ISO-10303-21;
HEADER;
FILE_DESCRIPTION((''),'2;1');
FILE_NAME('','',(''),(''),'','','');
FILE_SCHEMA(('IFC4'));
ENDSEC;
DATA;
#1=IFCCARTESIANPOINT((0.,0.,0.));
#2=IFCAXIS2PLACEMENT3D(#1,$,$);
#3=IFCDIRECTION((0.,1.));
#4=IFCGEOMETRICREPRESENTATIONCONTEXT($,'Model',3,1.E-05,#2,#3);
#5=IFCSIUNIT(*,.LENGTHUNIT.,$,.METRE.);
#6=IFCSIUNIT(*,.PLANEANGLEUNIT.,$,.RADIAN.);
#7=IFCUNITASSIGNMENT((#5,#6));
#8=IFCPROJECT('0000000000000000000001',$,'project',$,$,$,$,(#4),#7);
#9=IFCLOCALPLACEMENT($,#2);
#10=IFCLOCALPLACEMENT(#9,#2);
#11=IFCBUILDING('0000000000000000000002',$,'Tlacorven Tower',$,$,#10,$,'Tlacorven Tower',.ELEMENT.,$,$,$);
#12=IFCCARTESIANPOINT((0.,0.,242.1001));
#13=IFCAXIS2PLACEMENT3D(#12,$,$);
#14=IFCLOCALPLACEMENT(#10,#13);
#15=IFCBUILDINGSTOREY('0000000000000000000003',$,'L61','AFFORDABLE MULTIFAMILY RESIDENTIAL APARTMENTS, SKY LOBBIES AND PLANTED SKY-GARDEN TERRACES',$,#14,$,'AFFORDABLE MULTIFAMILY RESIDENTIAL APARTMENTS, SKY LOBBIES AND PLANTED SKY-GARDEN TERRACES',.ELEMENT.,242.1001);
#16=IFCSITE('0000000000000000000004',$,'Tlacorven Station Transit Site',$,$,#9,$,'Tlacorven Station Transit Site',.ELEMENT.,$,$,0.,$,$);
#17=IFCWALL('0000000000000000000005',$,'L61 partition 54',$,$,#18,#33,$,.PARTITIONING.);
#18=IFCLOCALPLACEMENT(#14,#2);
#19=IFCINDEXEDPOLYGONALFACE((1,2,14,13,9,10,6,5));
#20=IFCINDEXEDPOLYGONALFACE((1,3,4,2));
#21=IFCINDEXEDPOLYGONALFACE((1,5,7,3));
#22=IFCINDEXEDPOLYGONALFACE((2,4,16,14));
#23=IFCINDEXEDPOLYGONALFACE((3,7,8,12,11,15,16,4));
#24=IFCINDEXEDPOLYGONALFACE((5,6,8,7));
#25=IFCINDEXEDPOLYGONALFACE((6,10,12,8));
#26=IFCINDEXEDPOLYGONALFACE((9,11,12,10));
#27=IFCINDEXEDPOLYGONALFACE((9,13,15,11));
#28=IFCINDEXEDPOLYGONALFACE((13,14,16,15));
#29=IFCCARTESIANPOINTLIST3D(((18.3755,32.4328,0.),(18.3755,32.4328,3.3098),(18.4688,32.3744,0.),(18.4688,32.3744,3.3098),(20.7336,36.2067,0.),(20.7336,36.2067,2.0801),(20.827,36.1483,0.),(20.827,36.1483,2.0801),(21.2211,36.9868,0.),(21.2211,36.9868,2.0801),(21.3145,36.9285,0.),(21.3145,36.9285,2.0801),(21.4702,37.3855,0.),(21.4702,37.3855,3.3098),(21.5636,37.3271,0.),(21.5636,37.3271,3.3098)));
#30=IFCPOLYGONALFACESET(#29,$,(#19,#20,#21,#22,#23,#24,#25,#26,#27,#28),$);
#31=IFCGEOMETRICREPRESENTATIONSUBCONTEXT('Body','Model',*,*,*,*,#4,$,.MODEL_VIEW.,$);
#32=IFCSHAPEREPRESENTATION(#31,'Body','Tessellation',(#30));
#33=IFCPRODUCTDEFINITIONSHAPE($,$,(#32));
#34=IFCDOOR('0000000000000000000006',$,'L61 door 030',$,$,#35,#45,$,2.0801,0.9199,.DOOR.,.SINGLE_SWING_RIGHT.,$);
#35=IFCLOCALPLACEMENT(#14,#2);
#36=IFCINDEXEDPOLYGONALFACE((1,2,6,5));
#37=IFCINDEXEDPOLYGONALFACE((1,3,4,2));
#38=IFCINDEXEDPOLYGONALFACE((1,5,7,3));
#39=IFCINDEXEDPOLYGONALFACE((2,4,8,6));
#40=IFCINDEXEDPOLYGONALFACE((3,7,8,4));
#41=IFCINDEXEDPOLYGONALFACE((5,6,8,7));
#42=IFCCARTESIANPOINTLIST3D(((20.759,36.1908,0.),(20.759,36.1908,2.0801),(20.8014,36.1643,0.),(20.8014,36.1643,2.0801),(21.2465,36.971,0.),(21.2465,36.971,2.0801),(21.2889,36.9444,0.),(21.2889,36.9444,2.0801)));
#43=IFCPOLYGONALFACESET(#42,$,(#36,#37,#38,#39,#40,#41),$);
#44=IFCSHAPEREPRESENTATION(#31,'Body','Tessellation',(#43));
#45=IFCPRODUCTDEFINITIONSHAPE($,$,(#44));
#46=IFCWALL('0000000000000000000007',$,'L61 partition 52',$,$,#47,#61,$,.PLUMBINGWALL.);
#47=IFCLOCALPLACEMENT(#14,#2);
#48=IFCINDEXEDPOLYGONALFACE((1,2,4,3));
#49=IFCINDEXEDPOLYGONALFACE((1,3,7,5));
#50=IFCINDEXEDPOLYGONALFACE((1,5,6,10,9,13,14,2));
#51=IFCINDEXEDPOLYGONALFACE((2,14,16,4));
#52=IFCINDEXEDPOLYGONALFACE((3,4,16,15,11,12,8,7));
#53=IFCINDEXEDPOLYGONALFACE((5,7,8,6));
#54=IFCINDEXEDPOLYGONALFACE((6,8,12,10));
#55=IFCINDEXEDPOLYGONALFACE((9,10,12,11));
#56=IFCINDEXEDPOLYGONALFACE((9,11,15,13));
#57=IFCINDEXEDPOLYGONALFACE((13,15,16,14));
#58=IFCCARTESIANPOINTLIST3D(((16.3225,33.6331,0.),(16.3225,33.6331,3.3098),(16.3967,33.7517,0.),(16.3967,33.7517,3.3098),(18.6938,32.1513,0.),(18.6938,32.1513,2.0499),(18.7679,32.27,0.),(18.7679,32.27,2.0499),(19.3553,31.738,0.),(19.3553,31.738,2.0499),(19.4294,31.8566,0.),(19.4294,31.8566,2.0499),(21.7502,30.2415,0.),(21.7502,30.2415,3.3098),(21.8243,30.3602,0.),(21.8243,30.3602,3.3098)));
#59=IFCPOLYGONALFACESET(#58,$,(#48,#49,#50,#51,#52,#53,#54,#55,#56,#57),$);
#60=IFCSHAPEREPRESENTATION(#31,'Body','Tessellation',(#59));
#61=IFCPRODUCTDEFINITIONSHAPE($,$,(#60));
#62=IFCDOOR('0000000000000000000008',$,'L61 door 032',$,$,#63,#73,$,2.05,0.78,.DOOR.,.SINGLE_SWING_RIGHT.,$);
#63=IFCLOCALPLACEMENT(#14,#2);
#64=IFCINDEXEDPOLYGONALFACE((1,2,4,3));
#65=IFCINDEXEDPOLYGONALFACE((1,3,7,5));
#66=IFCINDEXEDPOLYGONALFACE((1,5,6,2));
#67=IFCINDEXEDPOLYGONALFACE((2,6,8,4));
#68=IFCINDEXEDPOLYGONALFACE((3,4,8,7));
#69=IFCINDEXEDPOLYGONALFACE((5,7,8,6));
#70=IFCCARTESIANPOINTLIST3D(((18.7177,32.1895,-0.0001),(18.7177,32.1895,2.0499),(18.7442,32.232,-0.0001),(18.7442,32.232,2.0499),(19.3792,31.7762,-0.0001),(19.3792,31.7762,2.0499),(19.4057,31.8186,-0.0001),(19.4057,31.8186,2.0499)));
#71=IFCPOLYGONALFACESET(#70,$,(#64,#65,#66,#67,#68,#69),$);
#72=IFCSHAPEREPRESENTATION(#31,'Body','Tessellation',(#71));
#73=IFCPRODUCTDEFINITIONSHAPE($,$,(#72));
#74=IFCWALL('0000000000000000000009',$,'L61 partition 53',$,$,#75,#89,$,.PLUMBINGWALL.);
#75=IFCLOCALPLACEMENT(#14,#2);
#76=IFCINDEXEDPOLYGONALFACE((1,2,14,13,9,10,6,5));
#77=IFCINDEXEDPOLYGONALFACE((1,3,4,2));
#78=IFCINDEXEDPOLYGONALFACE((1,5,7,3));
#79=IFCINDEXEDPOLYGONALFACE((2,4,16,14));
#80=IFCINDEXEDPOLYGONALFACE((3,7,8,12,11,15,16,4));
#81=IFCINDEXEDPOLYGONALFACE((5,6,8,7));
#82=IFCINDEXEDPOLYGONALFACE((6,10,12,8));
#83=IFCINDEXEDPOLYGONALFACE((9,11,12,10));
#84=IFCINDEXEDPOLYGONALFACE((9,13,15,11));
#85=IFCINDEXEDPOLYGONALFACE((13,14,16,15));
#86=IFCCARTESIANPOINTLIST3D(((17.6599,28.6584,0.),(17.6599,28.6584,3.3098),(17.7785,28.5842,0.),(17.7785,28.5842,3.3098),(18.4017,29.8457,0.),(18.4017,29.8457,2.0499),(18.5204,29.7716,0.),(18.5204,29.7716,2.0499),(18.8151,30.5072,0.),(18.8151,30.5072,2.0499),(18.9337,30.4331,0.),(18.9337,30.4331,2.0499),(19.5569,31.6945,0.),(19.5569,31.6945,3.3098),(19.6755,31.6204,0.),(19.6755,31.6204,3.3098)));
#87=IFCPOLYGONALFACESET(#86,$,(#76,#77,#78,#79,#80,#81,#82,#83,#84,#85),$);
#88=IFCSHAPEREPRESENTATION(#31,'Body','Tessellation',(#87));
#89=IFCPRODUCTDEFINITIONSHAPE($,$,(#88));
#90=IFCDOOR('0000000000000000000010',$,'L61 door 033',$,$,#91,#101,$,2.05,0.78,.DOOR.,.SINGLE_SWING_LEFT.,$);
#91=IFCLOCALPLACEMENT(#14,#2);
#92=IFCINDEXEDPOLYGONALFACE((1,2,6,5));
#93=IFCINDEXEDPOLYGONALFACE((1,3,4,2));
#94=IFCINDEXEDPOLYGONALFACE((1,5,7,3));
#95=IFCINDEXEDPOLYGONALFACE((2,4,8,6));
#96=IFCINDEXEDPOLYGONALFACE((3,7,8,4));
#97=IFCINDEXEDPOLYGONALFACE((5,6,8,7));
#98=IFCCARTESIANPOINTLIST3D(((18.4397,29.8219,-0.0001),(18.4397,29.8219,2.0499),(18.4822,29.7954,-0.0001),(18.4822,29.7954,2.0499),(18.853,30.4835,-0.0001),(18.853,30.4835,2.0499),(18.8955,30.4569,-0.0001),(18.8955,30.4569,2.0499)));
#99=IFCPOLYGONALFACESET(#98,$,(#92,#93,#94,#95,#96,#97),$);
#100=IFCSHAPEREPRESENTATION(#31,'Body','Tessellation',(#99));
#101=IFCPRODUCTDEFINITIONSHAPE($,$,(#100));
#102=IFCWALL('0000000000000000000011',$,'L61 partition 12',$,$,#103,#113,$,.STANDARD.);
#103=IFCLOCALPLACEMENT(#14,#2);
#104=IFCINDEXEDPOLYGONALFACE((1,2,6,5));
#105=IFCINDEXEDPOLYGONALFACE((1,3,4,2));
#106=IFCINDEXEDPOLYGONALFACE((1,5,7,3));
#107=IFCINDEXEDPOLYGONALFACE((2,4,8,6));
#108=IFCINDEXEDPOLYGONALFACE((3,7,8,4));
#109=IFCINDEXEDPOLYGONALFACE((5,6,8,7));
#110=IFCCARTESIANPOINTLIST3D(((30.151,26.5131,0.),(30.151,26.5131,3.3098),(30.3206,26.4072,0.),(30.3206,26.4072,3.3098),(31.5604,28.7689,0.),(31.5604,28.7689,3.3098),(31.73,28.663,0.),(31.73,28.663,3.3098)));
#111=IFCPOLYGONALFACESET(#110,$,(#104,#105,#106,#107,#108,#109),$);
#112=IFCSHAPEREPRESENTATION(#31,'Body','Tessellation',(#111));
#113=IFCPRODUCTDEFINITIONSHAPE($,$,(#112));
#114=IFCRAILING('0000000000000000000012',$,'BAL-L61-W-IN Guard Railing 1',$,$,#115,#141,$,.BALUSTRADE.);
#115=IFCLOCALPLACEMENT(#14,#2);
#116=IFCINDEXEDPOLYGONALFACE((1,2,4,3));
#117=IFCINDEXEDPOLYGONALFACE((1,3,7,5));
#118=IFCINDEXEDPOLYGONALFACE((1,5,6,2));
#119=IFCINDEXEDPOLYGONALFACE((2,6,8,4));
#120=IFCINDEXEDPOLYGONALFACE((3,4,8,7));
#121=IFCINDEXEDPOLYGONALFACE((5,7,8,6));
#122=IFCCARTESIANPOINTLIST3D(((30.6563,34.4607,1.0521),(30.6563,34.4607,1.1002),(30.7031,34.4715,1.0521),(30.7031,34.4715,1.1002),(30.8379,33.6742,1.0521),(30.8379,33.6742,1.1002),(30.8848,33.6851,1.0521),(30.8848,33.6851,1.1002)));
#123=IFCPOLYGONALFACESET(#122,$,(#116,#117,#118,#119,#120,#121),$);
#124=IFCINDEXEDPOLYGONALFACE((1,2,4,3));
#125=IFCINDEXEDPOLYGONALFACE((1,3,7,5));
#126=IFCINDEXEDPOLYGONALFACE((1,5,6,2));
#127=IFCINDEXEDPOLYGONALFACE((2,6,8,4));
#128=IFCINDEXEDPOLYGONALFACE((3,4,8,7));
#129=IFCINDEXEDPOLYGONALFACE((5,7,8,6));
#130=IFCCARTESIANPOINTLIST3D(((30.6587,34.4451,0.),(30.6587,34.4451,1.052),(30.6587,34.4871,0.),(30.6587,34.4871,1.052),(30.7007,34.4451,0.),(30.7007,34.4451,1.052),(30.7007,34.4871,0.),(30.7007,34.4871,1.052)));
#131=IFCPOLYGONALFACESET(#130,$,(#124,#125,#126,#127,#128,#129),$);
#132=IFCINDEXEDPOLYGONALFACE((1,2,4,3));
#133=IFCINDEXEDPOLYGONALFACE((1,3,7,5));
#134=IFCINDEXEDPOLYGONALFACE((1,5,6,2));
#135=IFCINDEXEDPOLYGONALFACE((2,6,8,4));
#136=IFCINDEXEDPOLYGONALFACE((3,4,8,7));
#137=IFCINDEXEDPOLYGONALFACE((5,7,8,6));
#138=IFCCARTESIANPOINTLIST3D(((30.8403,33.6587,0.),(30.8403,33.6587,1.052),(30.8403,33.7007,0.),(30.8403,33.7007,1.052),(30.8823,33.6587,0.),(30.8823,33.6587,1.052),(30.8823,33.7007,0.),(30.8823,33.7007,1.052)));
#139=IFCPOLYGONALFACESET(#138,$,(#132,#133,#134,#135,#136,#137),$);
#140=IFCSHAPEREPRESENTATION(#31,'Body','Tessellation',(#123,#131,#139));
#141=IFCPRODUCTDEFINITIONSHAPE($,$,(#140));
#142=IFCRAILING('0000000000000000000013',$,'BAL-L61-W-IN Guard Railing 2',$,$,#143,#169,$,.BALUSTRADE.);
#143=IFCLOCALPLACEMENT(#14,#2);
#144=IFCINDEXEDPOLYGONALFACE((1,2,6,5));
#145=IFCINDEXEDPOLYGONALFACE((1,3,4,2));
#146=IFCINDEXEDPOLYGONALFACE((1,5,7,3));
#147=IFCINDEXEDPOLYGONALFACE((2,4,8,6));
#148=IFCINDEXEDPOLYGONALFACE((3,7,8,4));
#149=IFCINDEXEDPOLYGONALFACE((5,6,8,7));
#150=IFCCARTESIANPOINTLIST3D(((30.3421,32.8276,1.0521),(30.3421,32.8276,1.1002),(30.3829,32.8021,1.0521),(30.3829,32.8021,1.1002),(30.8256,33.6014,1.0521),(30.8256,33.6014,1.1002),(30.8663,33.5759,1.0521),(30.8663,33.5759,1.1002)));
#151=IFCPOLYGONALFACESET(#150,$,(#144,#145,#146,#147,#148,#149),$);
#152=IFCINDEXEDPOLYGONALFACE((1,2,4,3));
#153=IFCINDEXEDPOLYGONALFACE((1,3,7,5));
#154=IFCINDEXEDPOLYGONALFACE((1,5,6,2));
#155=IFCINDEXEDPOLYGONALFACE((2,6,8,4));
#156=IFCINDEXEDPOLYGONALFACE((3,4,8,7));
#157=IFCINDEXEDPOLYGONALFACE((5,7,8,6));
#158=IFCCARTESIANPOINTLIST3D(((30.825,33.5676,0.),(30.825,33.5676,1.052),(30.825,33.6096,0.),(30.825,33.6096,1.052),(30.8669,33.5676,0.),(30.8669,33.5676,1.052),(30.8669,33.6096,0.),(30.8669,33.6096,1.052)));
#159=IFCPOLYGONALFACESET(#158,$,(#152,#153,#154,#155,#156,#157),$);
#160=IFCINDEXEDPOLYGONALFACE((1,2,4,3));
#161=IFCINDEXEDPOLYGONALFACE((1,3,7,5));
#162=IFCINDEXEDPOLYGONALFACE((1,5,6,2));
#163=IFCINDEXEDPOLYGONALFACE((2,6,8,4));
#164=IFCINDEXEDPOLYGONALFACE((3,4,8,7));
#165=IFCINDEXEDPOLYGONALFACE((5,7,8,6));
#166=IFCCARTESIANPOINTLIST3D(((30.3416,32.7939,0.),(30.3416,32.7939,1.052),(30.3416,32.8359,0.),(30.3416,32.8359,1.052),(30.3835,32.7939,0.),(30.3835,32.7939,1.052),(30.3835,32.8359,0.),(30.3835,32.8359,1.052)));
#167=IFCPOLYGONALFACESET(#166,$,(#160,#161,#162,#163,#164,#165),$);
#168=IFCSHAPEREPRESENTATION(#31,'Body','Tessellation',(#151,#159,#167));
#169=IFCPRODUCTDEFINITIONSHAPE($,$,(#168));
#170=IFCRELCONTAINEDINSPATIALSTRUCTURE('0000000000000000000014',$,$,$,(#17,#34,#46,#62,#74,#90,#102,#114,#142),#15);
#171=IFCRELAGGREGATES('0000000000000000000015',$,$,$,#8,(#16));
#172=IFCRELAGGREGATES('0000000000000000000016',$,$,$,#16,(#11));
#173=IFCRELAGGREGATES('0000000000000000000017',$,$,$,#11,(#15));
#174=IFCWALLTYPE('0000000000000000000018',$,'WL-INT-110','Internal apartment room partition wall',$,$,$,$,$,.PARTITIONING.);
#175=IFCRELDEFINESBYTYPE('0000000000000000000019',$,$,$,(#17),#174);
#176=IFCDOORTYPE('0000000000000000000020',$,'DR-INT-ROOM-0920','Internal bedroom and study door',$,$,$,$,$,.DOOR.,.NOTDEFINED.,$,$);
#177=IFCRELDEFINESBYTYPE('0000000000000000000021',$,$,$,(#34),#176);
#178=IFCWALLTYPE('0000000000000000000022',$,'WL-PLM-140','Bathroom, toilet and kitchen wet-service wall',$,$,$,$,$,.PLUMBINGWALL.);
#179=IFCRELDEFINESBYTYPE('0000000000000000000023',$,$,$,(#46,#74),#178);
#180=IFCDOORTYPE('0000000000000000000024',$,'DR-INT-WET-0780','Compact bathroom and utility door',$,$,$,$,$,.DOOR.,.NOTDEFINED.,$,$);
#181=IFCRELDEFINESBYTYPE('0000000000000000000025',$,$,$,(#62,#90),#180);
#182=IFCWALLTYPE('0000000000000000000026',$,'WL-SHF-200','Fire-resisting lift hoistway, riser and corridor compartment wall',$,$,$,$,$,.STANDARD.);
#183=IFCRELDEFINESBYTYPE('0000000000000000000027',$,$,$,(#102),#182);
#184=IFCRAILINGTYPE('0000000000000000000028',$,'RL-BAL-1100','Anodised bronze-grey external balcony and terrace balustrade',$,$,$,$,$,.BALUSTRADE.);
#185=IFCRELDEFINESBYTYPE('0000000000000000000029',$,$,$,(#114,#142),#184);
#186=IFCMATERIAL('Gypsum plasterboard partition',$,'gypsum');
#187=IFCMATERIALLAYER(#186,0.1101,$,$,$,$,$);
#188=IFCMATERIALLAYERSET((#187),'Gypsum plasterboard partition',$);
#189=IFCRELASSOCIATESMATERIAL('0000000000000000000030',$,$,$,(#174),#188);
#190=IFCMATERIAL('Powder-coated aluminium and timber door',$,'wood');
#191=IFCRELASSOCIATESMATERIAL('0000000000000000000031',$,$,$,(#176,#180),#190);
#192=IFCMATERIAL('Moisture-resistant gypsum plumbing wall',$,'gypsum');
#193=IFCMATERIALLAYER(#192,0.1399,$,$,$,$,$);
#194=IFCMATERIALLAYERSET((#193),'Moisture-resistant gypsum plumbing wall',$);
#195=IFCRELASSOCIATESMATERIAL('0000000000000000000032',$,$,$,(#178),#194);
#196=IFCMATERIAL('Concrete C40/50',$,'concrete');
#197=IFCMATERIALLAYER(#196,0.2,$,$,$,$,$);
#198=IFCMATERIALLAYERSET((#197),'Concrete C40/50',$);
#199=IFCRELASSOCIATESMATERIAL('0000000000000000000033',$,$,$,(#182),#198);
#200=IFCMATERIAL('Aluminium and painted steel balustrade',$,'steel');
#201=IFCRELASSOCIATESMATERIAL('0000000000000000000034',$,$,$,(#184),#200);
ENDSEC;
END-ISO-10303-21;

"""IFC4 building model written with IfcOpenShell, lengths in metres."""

from ifc_helpers import new_model, si_unit, direction, frame, frame_2d, origin, origin_2d, place, context, subcontext, project, spatial, rectangle, extrude, source, transform, mapped, material, layer, layer_set, type_object, element, fill, save


model = new_model("IFC4")

# Units and contexts
model_context = context("Model", 3, precision=1e-05, world=origin(), true_north=direction((0.0, 1.0)))
body_context = subcontext(model_context, "Body", "Model", "MODEL_VIEW")
ifc_project = project(units=[si_unit("LENGTHUNIT", "METRE"), si_unit("PLANEANGLEUNIT", "RADIAN")], contexts=[model_context])

# Site, building, storey
site_placement = place(None, origin())
site = spatial("IfcSite", under=ifc_project, at=site_placement, Name="Tlacorven Station Transit Site", LongName="Tlacorven Station Transit Site", CompositionType="ELEMENT", RefElevation=0.0)
building_placement = place(site_placement, origin())
building = spatial("IfcBuilding", under=site, at=building_placement, Name="Tlacorven Tower", LongName="Tlacorven Tower", CompositionType="ELEMENT")
storey_placement = place(building_placement, frame((0.0, 0.0, 242.1001)))
storey = spatial("IfcBuildingStorey", under=building, at=storey_placement, Name="L61", Description="AFFORDABLE MULTIFAMILY RESIDENTIAL APARTMENTS, SKY LOBBIES AND PLANTED SKY-GARDEN TERRACES", LongName="AFFORDABLE MULTIFAMILY RESIDENTIAL APARTMENTS, SKY LOBBIES AND PLANTED SKY-GARDEN TERRACES", CompositionType="ELEMENT", Elevation=242.1001)

# Walls, openings, doors
ifc_material_1 = material(Name="Gypsum plasterboard partition", Category="gypsum")
ifc_layer_1 = layer(ifc_material_1, 0.1101)
ifc_layer_set_1 = layer_set([ifc_layer_1], Name="Gypsum plasterboard partition")
wall_type_1 = type_object("IfcWallType", Name="WL-INT-110", Description="Internal apartment room partition wall", PredefinedType="PARTITIONING", material=ifc_layer_set_1)
ifc_material_2 = material(Name="Powder-coated aluminium and timber door", Category="wood")
door_type_1 = type_object("IfcDoorType", Name="DR-INT-ROOM-0920", Description="Internal bedroom and study door", OperationType="NOTDEFINED", PredefinedType="DOOR", material=ifc_material_2)
shared_shape_1 = source(origin(), body_context, "Body", "SweptSolid", [
    extrude(rectangle(XDim=0.9199, YDim=2.0801, at=frame_2d((0.46, 1.04))), frame((0.0, 0.0249, 0.0), z_axis=(0.0, -1.0, 0.0), x_axis=(1.0, 0.0, 0.0)), (0.0, 0.0, 1.0), 0.05),
])
wall_1_placement = place(storey_placement, frame((21.5168, 37.3562, 0.0), z_axis=(0.0, 0.0, 1.0), x_axis=(-0.529916, -0.84805, 0.0)))
wall_1 = element("IfcWall", 1, at=wall_1_placement, inside=storey, type_object=wall_type_1, Name="L61 partition 54", PredefinedType="PARTITIONING", context=body_context, shape_type="SweptSolid", body=[
    extrude(rectangle(XDim=5.8401, YDim=0.1101, at=frame_2d((2.9199, 0.0))), origin(), (0.0, 0.0, 1.0), 3.3098),
])
opening_1_placement = place(wall_1_placement, frame((0.47, 0.0, 0.0)))
opening_1 = element("IfcOpeningElement", 2, at=opening_1_placement, cuts=wall_1, PredefinedType="OPENING", context=body_context, shape_type="SweptSolid", body=[
    extrude(rectangle(XDim=0.9199, YDim=2.0801, at=frame_2d((0.46, 1.04))), frame((0.0, 0.0649, 0.0), z_axis=(0.0, -1.0, 0.0), x_axis=(1.0, 0.0, 0.0)), (0.0, 0.0, 1.0), 0.1301),
])
door_1_placement = place(opening_1_placement, origin())
door_1 = element("IfcDoor", 3, at=door_1_placement, inside=storey, type_object=door_type_1, Name="L61 door 030", OperationType="SINGLE_SWING_RIGHT", OverallHeight=2.0801, OverallWidth=0.9199, PredefinedType="DOOR", context=body_context, shape_type="MappedRepresentation", body=[
    mapped(shared_shape_1, transform((0.0, 0.0, 0.0), scale=1.0)),
])
fill(opening_1, door_1)
ifc_material_3 = material(Name="Moisture-resistant gypsum plumbing wall", Category="gypsum")
ifc_layer_2 = layer(ifc_material_3, 0.1399)
ifc_layer_set_2 = layer_set([ifc_layer_2], Name="Moisture-resistant gypsum plumbing wall")
wall_type_2 = type_object("IfcWallType", Name="WL-PLM-140", Description="Bathroom, toilet and kitchen wet-service wall", PredefinedType="PLUMBINGWALL", material=ifc_layer_set_2)
wall_2_placement = place(storey_placement, frame((21.7874, 30.3008, 0.0), z_axis=(0.0, 0.0, 1.0), x_axis=(-0.84805, 0.529917, 0.0)))
wall_2 = element("IfcWall", 4, at=wall_2_placement, inside=storey, type_object=wall_type_2, Name="L61 partition 52", PredefinedType="PLUMBINGWALL", context=body_context, shape_type="SweptSolid", body=[
    extrude(rectangle(XDim=6.4001, YDim=0.1399, at=frame_2d((3.2002, 0.0))), origin(), (0.0, 0.0, 1.0), 3.3098),
])
opening_2_placement = place(wall_2_placement, frame((2.824, 0.0, 0.0)))
opening_2 = element("IfcOpeningElement", 5, at=opening_2_placement, cuts=wall_2, PredefinedType="OPENING", context=body_context, shape_type="SweptSolid", body=[
    extrude(rectangle(XDim=0.78, YDim=2.05, at=frame_2d((0.3901, 1.0249))), frame((0.0, 0.0801, 0.0), z_axis=(0.0, -1.0, 0.0), x_axis=(1.0, 0.0, 0.0)), (0.0, 0.0, 1.0), 0.1599),
])
door_type_2 = type_object("IfcDoorType", Name="DR-INT-WET-0780", Description="Compact bathroom and utility door", OperationType="NOTDEFINED", PredefinedType="DOOR", material=ifc_material_2)
shared_shape_2 = source(origin(), body_context, "Body", "SweptSolid", [
    extrude(rectangle(XDim=0.78, YDim=2.05, at=frame_2d((0.3901, 1.0249))), frame((0.0, 0.0249, 0.0), z_axis=(0.0, -1.0, 0.0), x_axis=(1.0, 0.0, 0.0)), (0.0, 0.0, 1.0), 0.05),
])
door_2_placement = place(opening_2_placement, origin())
door_2 = element("IfcDoor", 6, at=door_2_placement, inside=storey, type_object=door_type_2, Name="L61 door 032", OperationType="SINGLE_SWING_RIGHT", OverallHeight=2.05, OverallWidth=0.78, PredefinedType="DOOR", context=body_context, shape_type="MappedRepresentation", body=[
    mapped(shared_shape_2, transform((0.0, 0.0, 0.0), scale=1.0)),
])
fill(opening_2, door_2)
wall_3_placement = place(storey_placement, frame((19.6162, 31.6575, 0.0), z_axis=(0.0, 0.0, 1.0), x_axis=(-0.529876, -0.848075, 0.0)))
wall_3 = element("IfcWall", 7, at=wall_3_placement, inside=storey, type_object=wall_type_2, Name="L61 partition 53", PredefinedType="PLUMBINGWALL", context=body_context, shape_type="SweptSolid", body=[
    extrude(rectangle(XDim=3.5801, YDim=0.1399, at=frame_2d((1.79, 0.0))), origin(), (0.0, 0.0, 1.0), 3.3098),
])
opening_3_placement = place(wall_3_placement, frame((1.3999, 0.0, 0.0)))
opening_3 = element("IfcOpeningElement", 8, at=opening_3_placement, cuts=wall_3, PredefinedType="OPENING", context=body_context, shape_type="SweptSolid", body=[
    extrude(rectangle(XDim=0.78, YDim=2.05, at=frame_2d((0.3901, 1.0249))), frame((0.0, 0.0801, 0.0), z_axis=(0.0, -1.0, 0.0), x_axis=(1.0, 0.0, 0.0)), (0.0, 0.0, 1.0), 0.1599),
])
door_3_placement = place(opening_3_placement, origin())
door_3 = element("IfcDoor", 9, at=door_3_placement, inside=storey, type_object=door_type_2, Name="L61 door 033", OperationType="SINGLE_SWING_LEFT", OverallHeight=2.05, OverallWidth=0.78, PredefinedType="DOOR", context=body_context, shape_type="MappedRepresentation", body=[
    mapped(shared_shape_2, transform((0.0, 0.0, 0.0), scale=1.0)),
])
fill(opening_3, door_3)

# Wall
ifc_material_4 = material(Name="Concrete C40/50", Category="concrete")
ifc_layer_3 = layer(ifc_material_4, 0.2)
ifc_layer_set_3 = layer_set([ifc_layer_3], Name="Concrete C40/50")
wall_type_3 = type_object("IfcWallType", Name="WL-SHF-200", Description="Fire-resisting lift hoistway, riser and corridor compartment wall", PredefinedType="STANDARD", material=ifc_layer_set_3)
wall_4_placement = place(storey_placement, frame((31.6453, 28.7161, 0.0), z_axis=(0.0, 0.0, 1.0), x_axis=(-0.529867, -0.848081, 0.0)))
element("IfcWall", 10, at=wall_4_placement, inside=storey, type_object=wall_type_3, Name="L61 partition 12", PredefinedType="STANDARD", context=body_context, shape_type="SweptSolid", body=[
    extrude(rectangle(XDim=2.6599, YDim=0.2, at=frame_2d((1.3301, 0.0))), origin(), (0.0, 0.0, 1.0), 3.3098),
])

# Railings
ifc_material_5 = material(Name="Aluminium and painted steel balustrade", Category="steel")
railing_type = type_object("IfcRailingType", Name="RL-BAL-1100", Description="Anodised bronze-grey external balcony and terrace balustrade", PredefinedType="BALUSTRADE", material=ifc_material_5)
shared_shape_3 = source(origin(), body_context, "Body", "SweptSolid", [
    extrude(rectangle(XDim=0.0481, YDim=0.0481, at=origin_2d()), frame((0.0, 0.0, 1.0762), z_axis=(0.225058, -0.974345, 0.0), x_axis=(0.974345, 0.225058, 0.0)), (0.0, 0.0, 1.0), 0.8071),
    extrude(rectangle(XDim=0.042, YDim=0.042, at=origin_2d()), origin(), (0.0, 0.0, 1.0), 1.052),
    extrude(rectangle(XDim=0.042, YDim=0.042, at=origin_2d()), frame((0.1816, -0.7864, 0.0)), (0.0, 0.0, 1.0), 1.052),
])
railing_1_placement = place(storey_placement, frame((30.6797, 34.4661, 0.0)))
element("IfcRailing", 11, at=railing_1_placement, inside=storey, type_object=railing_type, Name="BAL-L61-W-IN Guard Railing 1", PredefinedType="BALUSTRADE", context=body_context, shape_type="MappedRepresentation", body=[
    mapped(shared_shape_3, transform((0.0, 0.0, 0.0), scale=1.0)),
])
shared_shape_4 = source(origin(), body_context, "Body", "SweptSolid", [
    extrude(rectangle(XDim=0.0481, YDim=0.0481, at=origin_2d()), frame((0.0, 0.0, 1.0762), z_axis=(-0.529879, -0.848073, 0.0), x_axis=(0.848073, -0.529879, 0.0)), (0.0, 0.0, 1.0), 0.9124),
    extrude(rectangle(XDim=0.042, YDim=0.042, at=origin_2d()), origin(), (0.0, 0.0, 1.0), 1.052),
    extrude(rectangle(XDim=0.042, YDim=0.042, at=origin_2d()), frame((-0.4834, -0.7737, 0.0)), (0.0, 0.0, 1.0), 1.052),
])
railing_2_placement = place(storey_placement, frame((30.8459, 33.5886, 0.0)))
element("IfcRailing", 12, at=railing_2_placement, inside=storey, type_object=railing_type, Name="BAL-L61-W-IN Guard Railing 2", PredefinedType="BALUSTRADE", context=body_context, shape_type="MappedRepresentation", body=[
    mapped(shared_shape_4, transform((0.0, 0.0, 0.0), scale=1.0)),
])

save(model, "model.ifc")
